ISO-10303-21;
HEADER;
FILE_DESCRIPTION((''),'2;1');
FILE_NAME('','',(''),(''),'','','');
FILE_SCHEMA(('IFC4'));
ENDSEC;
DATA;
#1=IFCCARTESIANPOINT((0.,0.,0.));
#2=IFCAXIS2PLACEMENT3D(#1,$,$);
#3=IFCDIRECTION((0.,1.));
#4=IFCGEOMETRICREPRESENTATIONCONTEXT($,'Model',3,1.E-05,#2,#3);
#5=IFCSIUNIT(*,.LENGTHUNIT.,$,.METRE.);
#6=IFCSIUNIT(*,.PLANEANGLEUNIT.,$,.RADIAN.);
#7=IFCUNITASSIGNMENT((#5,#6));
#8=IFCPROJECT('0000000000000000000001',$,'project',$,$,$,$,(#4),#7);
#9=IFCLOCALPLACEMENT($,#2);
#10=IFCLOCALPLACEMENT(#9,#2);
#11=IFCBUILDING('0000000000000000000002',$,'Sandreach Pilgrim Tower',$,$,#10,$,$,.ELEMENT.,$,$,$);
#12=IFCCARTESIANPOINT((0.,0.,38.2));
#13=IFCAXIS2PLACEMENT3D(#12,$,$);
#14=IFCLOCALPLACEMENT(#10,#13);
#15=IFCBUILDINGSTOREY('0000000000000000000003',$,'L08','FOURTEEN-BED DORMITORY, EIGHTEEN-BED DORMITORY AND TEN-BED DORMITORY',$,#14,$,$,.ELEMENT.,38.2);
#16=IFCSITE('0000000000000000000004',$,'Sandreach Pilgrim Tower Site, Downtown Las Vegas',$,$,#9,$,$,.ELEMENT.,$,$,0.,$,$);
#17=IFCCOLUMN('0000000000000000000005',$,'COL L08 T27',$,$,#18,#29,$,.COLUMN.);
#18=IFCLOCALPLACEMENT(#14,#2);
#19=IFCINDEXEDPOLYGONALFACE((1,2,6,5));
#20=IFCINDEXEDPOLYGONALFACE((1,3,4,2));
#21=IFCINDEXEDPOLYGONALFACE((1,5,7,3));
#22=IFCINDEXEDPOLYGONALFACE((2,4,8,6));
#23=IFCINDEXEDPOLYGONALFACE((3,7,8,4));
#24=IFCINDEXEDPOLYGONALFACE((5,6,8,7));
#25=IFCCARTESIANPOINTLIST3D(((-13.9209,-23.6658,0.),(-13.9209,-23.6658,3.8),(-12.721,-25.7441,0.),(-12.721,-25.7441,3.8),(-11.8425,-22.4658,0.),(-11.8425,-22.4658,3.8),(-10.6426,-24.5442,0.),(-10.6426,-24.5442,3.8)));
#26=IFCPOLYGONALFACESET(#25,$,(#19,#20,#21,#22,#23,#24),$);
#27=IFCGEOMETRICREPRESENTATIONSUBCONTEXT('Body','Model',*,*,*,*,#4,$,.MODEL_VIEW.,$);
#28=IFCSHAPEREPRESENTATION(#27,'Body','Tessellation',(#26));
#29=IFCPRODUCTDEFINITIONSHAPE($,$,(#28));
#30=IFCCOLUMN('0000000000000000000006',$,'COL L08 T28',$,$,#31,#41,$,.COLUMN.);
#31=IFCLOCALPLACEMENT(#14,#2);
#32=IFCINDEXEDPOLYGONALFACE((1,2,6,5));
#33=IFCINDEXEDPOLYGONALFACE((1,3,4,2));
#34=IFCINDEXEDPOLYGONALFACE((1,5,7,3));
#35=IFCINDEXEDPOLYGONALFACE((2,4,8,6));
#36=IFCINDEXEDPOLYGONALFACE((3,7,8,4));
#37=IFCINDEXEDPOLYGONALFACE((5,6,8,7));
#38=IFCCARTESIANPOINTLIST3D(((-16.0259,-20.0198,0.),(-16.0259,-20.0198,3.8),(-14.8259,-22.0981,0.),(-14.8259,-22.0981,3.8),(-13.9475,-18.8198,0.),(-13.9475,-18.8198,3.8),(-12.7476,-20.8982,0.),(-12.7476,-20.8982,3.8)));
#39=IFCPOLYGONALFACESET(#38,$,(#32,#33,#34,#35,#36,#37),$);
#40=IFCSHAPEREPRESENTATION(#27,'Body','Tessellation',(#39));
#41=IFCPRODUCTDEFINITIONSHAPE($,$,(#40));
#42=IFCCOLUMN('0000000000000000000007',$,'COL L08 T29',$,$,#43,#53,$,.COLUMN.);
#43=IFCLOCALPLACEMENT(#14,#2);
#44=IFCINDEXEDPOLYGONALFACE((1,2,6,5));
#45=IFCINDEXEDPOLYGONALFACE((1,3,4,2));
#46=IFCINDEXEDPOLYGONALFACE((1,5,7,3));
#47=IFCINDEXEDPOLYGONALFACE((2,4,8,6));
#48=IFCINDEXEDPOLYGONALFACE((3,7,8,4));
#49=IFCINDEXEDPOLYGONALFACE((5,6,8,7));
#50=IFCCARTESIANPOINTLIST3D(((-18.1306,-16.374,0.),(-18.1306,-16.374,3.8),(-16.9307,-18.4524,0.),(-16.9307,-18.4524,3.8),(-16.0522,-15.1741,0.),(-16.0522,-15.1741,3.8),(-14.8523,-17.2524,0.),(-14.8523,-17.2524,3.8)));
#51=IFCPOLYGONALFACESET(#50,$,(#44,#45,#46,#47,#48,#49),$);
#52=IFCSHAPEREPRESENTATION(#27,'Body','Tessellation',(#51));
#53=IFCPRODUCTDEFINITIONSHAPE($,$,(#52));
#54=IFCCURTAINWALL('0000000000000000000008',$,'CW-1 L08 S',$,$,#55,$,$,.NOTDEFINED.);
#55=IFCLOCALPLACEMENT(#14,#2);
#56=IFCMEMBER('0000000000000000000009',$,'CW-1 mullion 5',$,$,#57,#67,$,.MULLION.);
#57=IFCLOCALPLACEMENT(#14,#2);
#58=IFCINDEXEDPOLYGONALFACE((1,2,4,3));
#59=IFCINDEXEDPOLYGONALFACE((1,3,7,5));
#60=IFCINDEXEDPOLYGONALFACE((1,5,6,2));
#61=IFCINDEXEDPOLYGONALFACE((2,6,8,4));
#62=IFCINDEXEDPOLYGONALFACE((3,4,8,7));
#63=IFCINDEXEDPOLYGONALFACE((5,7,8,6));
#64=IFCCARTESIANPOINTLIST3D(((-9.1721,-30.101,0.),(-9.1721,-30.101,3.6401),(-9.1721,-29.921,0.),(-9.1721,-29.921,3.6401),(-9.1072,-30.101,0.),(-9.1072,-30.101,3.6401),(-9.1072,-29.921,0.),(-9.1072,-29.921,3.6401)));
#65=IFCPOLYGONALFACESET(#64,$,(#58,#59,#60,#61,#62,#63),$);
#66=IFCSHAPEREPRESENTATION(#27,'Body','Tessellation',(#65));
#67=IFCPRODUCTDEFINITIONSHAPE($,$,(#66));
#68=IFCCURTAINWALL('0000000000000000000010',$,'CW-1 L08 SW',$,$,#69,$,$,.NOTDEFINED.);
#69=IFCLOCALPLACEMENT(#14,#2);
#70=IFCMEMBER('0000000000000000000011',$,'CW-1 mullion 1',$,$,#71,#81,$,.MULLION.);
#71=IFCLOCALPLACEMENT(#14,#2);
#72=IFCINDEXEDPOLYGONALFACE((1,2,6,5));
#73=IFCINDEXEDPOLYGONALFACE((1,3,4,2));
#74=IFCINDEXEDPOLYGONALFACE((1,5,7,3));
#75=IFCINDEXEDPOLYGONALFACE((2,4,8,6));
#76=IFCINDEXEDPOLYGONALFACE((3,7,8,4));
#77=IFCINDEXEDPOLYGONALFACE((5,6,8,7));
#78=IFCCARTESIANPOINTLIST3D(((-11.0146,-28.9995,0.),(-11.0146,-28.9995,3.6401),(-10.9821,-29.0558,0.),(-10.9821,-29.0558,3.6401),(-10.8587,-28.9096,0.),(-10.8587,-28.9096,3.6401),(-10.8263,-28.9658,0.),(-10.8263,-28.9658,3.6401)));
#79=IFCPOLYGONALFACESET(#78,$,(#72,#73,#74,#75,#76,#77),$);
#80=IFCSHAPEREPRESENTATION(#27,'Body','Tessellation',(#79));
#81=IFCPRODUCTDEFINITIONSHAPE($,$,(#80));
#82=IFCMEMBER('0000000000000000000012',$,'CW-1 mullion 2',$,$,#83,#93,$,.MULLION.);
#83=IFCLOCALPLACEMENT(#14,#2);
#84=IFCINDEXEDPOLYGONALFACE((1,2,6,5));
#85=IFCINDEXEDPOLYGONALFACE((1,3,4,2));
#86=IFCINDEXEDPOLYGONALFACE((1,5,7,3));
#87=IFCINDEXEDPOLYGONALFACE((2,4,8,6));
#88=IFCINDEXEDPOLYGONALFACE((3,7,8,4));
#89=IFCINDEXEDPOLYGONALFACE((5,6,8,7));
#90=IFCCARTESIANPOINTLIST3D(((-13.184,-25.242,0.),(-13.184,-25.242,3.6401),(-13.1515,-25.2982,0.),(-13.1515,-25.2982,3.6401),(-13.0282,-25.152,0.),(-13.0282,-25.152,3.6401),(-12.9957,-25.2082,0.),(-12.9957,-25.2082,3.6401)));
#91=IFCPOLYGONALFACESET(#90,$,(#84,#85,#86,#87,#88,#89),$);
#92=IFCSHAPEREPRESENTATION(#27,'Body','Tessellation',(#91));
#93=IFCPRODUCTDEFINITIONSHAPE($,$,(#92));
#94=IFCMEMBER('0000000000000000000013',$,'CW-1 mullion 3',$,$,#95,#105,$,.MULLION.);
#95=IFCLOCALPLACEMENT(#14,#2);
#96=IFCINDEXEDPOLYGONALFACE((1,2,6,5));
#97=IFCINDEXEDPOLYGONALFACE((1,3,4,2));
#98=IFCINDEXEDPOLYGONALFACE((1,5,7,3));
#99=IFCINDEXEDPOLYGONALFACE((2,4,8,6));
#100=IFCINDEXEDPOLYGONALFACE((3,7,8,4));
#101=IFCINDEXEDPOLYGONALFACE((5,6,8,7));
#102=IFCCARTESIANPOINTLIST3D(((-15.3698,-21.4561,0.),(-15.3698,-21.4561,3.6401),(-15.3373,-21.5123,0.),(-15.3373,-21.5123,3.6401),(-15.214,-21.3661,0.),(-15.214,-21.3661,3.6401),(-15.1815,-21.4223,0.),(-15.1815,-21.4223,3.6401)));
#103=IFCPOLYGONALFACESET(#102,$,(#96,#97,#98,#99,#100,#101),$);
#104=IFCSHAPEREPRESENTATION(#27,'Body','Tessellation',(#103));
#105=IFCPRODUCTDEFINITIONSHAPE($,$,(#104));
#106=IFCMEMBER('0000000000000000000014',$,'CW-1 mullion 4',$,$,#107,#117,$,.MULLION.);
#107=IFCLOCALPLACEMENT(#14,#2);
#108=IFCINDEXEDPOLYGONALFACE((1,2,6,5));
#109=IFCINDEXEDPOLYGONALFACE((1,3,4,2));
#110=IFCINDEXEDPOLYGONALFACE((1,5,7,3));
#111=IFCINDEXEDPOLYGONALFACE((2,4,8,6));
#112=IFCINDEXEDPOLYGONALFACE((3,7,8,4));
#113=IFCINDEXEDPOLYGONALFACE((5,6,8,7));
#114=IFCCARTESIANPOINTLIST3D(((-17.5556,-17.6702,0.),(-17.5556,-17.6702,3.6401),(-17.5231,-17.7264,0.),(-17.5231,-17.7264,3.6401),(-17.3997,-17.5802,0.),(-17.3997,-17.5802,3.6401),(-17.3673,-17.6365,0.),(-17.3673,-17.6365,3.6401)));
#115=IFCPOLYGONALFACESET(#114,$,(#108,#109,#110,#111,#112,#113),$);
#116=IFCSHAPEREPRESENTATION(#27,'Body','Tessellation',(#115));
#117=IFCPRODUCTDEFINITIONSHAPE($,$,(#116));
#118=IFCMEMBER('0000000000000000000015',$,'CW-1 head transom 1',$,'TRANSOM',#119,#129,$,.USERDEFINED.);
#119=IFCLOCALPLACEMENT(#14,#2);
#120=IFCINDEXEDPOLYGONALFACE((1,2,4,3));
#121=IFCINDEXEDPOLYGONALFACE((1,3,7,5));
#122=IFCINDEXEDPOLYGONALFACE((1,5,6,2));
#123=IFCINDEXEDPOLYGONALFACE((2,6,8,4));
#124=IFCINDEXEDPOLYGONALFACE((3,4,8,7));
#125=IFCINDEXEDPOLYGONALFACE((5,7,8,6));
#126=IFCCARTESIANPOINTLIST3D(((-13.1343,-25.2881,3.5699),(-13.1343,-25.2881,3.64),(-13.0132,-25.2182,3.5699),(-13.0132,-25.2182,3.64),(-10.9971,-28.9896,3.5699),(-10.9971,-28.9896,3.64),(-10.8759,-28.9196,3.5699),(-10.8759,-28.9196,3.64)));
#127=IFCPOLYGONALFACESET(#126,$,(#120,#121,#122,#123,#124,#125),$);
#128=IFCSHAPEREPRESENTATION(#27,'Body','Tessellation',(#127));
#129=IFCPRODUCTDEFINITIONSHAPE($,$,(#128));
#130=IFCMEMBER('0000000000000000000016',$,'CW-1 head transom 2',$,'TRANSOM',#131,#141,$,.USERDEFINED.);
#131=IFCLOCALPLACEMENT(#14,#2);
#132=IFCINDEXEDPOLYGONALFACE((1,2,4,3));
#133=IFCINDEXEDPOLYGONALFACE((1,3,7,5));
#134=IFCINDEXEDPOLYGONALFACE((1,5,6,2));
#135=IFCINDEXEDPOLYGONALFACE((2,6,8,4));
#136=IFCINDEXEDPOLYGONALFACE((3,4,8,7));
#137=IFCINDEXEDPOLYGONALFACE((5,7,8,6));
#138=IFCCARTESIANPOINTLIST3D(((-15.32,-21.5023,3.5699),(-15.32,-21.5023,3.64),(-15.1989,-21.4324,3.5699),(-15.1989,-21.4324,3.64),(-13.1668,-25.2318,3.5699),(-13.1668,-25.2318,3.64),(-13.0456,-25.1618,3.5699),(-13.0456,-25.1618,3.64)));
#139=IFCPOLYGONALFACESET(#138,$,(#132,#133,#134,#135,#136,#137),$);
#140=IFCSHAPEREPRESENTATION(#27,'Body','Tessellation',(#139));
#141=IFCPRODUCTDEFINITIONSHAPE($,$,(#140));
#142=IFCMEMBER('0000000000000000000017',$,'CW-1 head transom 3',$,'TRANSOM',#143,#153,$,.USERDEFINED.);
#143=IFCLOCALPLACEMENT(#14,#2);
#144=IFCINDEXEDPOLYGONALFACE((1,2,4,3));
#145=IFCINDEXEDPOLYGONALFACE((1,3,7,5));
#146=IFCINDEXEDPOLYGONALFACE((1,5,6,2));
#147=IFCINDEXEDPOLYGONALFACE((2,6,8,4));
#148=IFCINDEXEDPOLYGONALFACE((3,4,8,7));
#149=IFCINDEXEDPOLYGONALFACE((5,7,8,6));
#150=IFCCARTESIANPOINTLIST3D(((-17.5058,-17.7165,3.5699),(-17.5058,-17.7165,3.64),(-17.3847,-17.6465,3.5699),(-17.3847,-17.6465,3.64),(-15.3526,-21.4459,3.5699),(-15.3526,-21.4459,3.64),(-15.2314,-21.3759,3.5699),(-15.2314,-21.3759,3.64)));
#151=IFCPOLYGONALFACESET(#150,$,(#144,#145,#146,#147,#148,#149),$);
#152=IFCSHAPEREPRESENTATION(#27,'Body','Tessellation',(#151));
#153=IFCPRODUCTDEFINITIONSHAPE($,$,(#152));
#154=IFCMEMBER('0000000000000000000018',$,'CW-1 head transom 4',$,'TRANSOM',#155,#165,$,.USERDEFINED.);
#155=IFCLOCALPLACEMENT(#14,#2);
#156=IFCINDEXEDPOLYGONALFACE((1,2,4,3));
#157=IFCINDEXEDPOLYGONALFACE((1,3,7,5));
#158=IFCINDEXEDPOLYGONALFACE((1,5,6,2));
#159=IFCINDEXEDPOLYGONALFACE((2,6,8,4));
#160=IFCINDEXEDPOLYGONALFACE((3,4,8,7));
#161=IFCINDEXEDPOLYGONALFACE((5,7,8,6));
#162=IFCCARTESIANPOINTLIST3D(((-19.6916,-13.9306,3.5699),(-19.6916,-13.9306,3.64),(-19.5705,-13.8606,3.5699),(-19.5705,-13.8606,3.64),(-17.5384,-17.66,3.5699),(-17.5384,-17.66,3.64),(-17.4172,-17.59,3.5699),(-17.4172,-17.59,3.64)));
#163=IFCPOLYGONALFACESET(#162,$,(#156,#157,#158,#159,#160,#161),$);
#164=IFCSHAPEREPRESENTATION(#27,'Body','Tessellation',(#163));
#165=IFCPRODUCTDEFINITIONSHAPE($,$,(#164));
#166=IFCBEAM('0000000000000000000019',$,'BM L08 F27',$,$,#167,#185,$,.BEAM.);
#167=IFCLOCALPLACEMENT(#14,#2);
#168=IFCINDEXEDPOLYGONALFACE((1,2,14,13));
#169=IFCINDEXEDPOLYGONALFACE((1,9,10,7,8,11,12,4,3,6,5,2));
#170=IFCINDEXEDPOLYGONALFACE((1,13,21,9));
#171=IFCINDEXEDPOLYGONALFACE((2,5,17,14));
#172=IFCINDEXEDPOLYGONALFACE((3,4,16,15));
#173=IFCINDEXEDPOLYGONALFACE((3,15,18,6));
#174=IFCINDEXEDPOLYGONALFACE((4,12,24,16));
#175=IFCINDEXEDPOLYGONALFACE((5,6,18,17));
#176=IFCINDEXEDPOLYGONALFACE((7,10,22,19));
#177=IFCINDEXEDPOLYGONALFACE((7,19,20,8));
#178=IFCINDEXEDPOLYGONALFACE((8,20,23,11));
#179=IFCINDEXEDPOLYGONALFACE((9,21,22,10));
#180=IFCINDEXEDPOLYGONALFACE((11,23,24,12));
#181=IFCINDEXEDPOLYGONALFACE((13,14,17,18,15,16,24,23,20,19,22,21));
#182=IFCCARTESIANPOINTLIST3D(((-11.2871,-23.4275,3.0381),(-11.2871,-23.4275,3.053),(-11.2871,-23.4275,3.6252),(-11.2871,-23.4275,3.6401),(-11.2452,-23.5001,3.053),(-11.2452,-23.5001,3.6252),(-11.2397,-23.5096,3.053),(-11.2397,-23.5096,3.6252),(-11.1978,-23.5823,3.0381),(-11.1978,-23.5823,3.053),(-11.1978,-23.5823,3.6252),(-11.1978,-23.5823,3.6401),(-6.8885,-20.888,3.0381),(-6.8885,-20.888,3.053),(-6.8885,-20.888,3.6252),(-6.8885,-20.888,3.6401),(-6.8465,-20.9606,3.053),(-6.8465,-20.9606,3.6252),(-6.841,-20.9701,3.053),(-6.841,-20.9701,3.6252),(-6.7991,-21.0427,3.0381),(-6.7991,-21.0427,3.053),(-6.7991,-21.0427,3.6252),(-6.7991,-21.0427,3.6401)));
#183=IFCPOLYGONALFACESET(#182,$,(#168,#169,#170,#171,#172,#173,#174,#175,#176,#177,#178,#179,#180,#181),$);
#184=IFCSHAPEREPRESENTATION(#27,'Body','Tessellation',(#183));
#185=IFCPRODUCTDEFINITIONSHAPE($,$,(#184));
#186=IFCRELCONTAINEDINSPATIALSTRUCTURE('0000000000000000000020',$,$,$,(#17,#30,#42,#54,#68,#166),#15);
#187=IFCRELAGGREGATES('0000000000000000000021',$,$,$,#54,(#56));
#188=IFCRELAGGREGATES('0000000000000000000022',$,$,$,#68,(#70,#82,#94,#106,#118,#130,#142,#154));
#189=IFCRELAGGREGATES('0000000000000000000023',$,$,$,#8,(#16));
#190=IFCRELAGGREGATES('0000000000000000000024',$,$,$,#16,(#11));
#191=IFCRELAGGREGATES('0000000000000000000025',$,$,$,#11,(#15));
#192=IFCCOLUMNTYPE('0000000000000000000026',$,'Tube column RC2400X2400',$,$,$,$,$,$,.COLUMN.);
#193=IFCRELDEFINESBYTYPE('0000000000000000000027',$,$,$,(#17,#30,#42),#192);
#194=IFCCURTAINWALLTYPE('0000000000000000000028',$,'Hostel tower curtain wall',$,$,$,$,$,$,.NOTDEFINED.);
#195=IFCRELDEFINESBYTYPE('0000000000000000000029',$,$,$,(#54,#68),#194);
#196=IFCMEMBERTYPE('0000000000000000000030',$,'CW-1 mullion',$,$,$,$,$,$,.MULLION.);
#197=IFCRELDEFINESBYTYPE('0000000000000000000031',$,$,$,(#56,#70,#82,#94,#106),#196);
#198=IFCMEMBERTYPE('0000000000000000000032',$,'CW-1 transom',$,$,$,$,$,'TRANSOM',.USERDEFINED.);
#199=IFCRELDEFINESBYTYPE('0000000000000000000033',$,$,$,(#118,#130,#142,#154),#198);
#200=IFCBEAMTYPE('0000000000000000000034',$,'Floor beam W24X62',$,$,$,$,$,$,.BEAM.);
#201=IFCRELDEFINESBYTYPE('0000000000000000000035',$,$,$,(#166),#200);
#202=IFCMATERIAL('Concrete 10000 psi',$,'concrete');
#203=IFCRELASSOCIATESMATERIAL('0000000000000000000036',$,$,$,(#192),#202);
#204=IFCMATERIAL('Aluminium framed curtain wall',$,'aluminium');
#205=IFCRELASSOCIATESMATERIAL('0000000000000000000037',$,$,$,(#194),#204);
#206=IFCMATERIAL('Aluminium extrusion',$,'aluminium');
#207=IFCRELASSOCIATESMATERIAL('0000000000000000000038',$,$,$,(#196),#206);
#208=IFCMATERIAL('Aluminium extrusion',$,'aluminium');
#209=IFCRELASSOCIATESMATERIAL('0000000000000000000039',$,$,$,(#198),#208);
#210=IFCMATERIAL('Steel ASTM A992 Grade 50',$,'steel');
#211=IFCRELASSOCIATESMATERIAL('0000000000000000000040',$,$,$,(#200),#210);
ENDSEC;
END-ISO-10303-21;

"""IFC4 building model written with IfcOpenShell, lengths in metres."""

from ifc_helpers import new_model, si_unit, direction, frame, origin, origin_2d, place, context, subcontext, project, spatial, rectangle, i_section, extrude, material, material_profile, profile_set, type_object, element, aggregate, save


model = new_model("IFC4")

# Units and contexts
model_context = context("Model", 3, precision=1e-05, world=origin(), true_north=direction((0.0, 1.0)))
body_context = subcontext(model_context, "Body", "Model", "MODEL_VIEW")
ifc_project = project(units=[si_unit("LENGTHUNIT", "METRE"), si_unit("PLANEANGLEUNIT", "RADIAN")], contexts=[model_context])

# Site, building, storey
site_placement = place(None, origin())
site = spatial("IfcSite", under=ifc_project, at=site_placement, Name="Sandreach Pilgrim Tower Site, Downtown Las Vegas", CompositionType="ELEMENT", RefElevation=0.0)
building_placement = place(site_placement, origin())
building = spatial("IfcBuilding", under=site, at=building_placement, Name="Sandreach Pilgrim Tower", CompositionType="ELEMENT")
storey_placement = place(building_placement, frame((0.0, 0.0, 38.2)))
storey = spatial("IfcBuildingStorey", under=building, at=storey_placement, Name="L08", Description="FOURTEEN-BED DORMITORY, EIGHTEEN-BED DORMITORY AND TEN-BED DORMITORY", CompositionType="ELEMENT", Elevation=38.2)

# Columns
ifc_material_1 = material(Name="Concrete 10000 psi", Category="concrete")
ifc_material_profile_1 = material_profile(ifc_material_1, rectangle(XDim=2.3999, YDim=2.3999, at=origin_2d()), Name="RC2400X2400")
ifc_profile_set_1 = profile_set([ifc_material_profile_1], Name="Concrete 10000 psi")
column_type = type_object("IfcColumnType", Name="Tube column RC2400X2400", PredefinedType="COLUMN", material=ifc_profile_set_1)
for number, where, z_axis, x_axis, name in (
    (1, (-12.2817, -24.105, 0.0), (0.0, 0.0, 1.0), (-0.866025, -0.5, 0.0), "COL L08 T27"),
    (2, (-14.3867, -20.459, 0.0), (0.0, 0.0, 1.0), (-0.866025, -0.5, 0.0), "COL L08 T28"),
    (3, (-16.4915, -16.8132, 0.0), (0.0, 0.0, 1.0), (-0.866025, -0.5, 0.0), "COL L08 T29"),
):
    element("IfcColumn", number, at=place(storey_placement, frame(where, z_axis=z_axis, x_axis=x_axis)), inside=storey, type_object=column_type, Name=name, PredefinedType="COLUMN", context=body_context, shape_type="SweptSolid", body=[
        extrude(rectangle(XDim=2.3999, YDim=2.3999, at=origin_2d()), origin(), (0.0, 0.0, 1.0), 3.8),
    ])

# Curtain wall, member
ifc_material_2 = material(Name="Aluminium framed curtain wall", Category="aluminium")
curtain_wall_type = type_object("IfcCurtainWallType", Name="Hostel tower curtain wall", PredefinedType="NOTDEFINED", material=ifc_material_2)
curtain_wall_1_placement = place(storey_placement, origin())
curtain_wall_1 = element("IfcCurtainWall", 4, at=curtain_wall_1_placement, inside=storey, type_object=curtain_wall_type, Name="CW-1 L08 S", PredefinedType="NOTDEFINED")
ifc_material_3 = material(Name="Aluminium extrusion", Category="aluminium")
ifc_material_profile_2 = material_profile(ifc_material_3, rectangle(XDim=0.0649, YDim=0.1799, at=origin_2d()), Name="CW-1M 65X180")
ifc_profile_set_2 = profile_set([ifc_material_profile_2], Name="Aluminium extrusion")
member_type_1 = type_object("IfcMemberType", Name="CW-1 mullion", PredefinedType="MULLION", material=ifc_profile_set_2)
member_1_placement = place(storey_placement, frame((-9.1396, -30.011, 0.0), z_axis=(0.0, 0.0, 1.0), x_axis=(-1.0, 0.0, 0.0)))
member_1 = element("IfcMember", 5, at=member_1_placement, type_object=member_type_1, Name="CW-1 mullion 5", PredefinedType="MULLION", context=body_context, shape_type="SweptSolid", body=[
    extrude(rectangle(XDim=0.0649, YDim=0.1799, at=origin_2d()), origin(), (0.0, 0.0, 1.0), 3.6401),
])
aggregate(curtain_wall_1, [member_1])

# Curtain wall, members
curtain_wall_2_placement = place(storey_placement, origin())
curtain_wall_2 = element("IfcCurtainWall", 6, at=curtain_wall_2_placement, inside=storey, type_object=curtain_wall_type, Name="CW-1 L08 SW", PredefinedType="NOTDEFINED")
member_2_placement = place(storey_placement, frame((-10.9204, -28.9827, 0.0), z_axis=(0.0, 0.0, 1.0), x_axis=(-0.5, 0.866025, 0.0)))
member_2 = element("IfcMember", 7, at=member_2_placement, type_object=member_type_1, Name="CW-1 mullion 1", PredefinedType="MULLION", context=body_context, shape_type="SweptSolid", body=[
    extrude(rectangle(XDim=0.0649, YDim=0.1799, at=origin_2d()), origin(), (0.0, 0.0, 1.0), 3.6401),
])
member_3_placement = place(storey_placement, frame((-13.0898, -25.2251, 0.0), z_axis=(0.0, 0.0, 1.0), x_axis=(-0.5, 0.866025, 0.0)))
member_3 = element("IfcMember", 8, at=member_3_placement, type_object=member_type_1, Name="CW-1 mullion 2", PredefinedType="MULLION", context=body_context, shape_type="SweptSolid", body=[
    extrude(rectangle(XDim=0.0649, YDim=0.1799, at=origin_2d()), origin(), (0.0, 0.0, 1.0), 3.6401),
])
member_4_placement = place(storey_placement, frame((-15.2756, -21.4392, 0.0), z_axis=(0.0, 0.0, 1.0), x_axis=(-0.5, 0.866025, 0.0)))
member_4 = element("IfcMember", 9, at=member_4_placement, type_object=member_type_1, Name="CW-1 mullion 3", PredefinedType="MULLION", context=body_context, shape_type="SweptSolid", body=[
    extrude(rectangle(XDim=0.0649, YDim=0.1799, at=origin_2d()), origin(), (0.0, 0.0, 1.0), 3.6401),
])
member_5_placement = place(storey_placement, frame((-17.4614, -17.6533, 0.0), z_axis=(0.0, 0.0, 1.0), x_axis=(-0.5, 0.866025, 0.0)))
member_5 = element("IfcMember", 10, at=member_5_placement, type_object=member_type_1, Name="CW-1 mullion 4", PredefinedType="MULLION", context=body_context, shape_type="SweptSolid", body=[
    extrude(rectangle(XDim=0.0649, YDim=0.1799, at=origin_2d()), origin(), (0.0, 0.0, 1.0), 3.6401),
])
ifc_material_4 = material(Name="Aluminium extrusion", Category="aluminium")
ifc_material_profile_3 = material_profile(ifc_material_4, rectangle(XDim=0.1399, YDim=0.0701, at=origin_2d()), Name="CW-1T 140X70")
ifc_profile_set_3 = profile_set([ifc_material_profile_3], Name="Aluminium extrusion")
member_type_2 = type_object("IfcMemberType", Name="CW-1 transom", ElementType="TRANSOM", PredefinedType="USERDEFINED", material=ifc_profile_set_3)
member_6_placement = place(storey_placement, frame((-10.9365, -28.9546, 3.605), z_axis=(-0.500034, 0.866006, 0.0), x_axis=(-0.866006, -0.500034, 0.0)))
member_6 = element("IfcMember", 11, at=member_6_placement, type_object=member_type_2, Name="CW-1 head transom 1", ObjectType="TRANSOM", PredefinedType="USERDEFINED", context=body_context, shape_type="SweptSolid", body=[
    extrude(rectangle(XDim=0.1399, YDim=0.0701, at=origin_2d()), origin(), (0.0, 0.0, 1.0), 4.2742),
])
member_7_placement = place(storey_placement, frame((-13.1062, -25.1968, 3.605), z_axis=(-0.500017, 0.866016, 0.0), x_axis=(-0.866016, -0.500017, 0.0)))
member_7 = element("IfcMember", 12, at=member_7_placement, type_object=member_type_2, Name="CW-1 head transom 2", ObjectType="TRANSOM", PredefinedType="USERDEFINED", context=body_context, shape_type="SweptSolid", body=[
    extrude(rectangle(XDim=0.1399, YDim=0.0701, at=origin_2d()), origin(), (0.0, 0.0, 1.0), 4.3064),
])
member_8_placement = place(storey_placement, frame((-15.292, -21.4109, 3.605), z_axis=(-0.500017, 0.866016, 0.0), x_axis=(-0.866016, -0.500017, 0.0)))
member_8 = element("IfcMember", 13, at=member_8_placement, type_object=member_type_2, Name="CW-1 head transom 3", ObjectType="TRANSOM", PredefinedType="USERDEFINED", context=body_context, shape_type="SweptSolid", body=[
    extrude(rectangle(XDim=0.1399, YDim=0.0701, at=origin_2d()), origin(), (0.0, 0.0, 1.0), 4.3064),
])
member_9_placement = place(storey_placement, frame((-17.4778, -17.625, 3.605), z_axis=(-0.500017, 0.866016, 0.0), x_axis=(-0.866016, -0.500017, 0.0)))
member_9 = element("IfcMember", 14, at=member_9_placement, type_object=member_type_2, Name="CW-1 head transom 4", ObjectType="TRANSOM", PredefinedType="USERDEFINED", context=body_context, shape_type="SweptSolid", body=[
    extrude(rectangle(XDim=0.1399, YDim=0.0701, at=origin_2d()), origin(), (0.0, 0.0, 1.0), 4.3064),
])

# Beam
ifc_material_5 = material(Name="Steel ASTM A992 Grade 50", Category="steel")
ifc_material_profile_4 = material_profile(ifc_material_5, i_section(OverallWidth=0.1787, OverallDepth=0.6021, WebThickness=0.011, FlangeThickness=0.0149, at=origin_2d()), Name="W24X62")
ifc_profile_set_4 = profile_set([ifc_material_profile_4], Name="Steel ASTM A992 Grade 50")
beam_type_1 = type_object("IfcBeamType", Name="Floor beam W24X62", PredefinedType="BEAM", material=ifc_profile_set_4)
beam_1_placement = place(storey_placement, frame((-11.2424, -23.5049, 3.3391), z_axis=(0.866028, 0.499996, 0.0), x_axis=(-0.499996, 0.866028, 0.0)))
element("IfcBeam", 15, at=beam_1_placement, inside=storey, type_object=beam_type_1, Name="BM L08 F27", PredefinedType="BEAM", context=body_context, shape_type="SweptSolid", body=[
    extrude(i_section(OverallWidth=0.1787, OverallDepth=0.6021, WebThickness=0.011, FlangeThickness=0.0149, at=origin_2d()), origin(), (0.0, 0.0, 1.0), 5.0791),
])

aggregate(curtain_wall_2, [member_2, member_3, member_4, member_5, member_6, member_7, member_8, member_9])

save(model, "model.ifc")
